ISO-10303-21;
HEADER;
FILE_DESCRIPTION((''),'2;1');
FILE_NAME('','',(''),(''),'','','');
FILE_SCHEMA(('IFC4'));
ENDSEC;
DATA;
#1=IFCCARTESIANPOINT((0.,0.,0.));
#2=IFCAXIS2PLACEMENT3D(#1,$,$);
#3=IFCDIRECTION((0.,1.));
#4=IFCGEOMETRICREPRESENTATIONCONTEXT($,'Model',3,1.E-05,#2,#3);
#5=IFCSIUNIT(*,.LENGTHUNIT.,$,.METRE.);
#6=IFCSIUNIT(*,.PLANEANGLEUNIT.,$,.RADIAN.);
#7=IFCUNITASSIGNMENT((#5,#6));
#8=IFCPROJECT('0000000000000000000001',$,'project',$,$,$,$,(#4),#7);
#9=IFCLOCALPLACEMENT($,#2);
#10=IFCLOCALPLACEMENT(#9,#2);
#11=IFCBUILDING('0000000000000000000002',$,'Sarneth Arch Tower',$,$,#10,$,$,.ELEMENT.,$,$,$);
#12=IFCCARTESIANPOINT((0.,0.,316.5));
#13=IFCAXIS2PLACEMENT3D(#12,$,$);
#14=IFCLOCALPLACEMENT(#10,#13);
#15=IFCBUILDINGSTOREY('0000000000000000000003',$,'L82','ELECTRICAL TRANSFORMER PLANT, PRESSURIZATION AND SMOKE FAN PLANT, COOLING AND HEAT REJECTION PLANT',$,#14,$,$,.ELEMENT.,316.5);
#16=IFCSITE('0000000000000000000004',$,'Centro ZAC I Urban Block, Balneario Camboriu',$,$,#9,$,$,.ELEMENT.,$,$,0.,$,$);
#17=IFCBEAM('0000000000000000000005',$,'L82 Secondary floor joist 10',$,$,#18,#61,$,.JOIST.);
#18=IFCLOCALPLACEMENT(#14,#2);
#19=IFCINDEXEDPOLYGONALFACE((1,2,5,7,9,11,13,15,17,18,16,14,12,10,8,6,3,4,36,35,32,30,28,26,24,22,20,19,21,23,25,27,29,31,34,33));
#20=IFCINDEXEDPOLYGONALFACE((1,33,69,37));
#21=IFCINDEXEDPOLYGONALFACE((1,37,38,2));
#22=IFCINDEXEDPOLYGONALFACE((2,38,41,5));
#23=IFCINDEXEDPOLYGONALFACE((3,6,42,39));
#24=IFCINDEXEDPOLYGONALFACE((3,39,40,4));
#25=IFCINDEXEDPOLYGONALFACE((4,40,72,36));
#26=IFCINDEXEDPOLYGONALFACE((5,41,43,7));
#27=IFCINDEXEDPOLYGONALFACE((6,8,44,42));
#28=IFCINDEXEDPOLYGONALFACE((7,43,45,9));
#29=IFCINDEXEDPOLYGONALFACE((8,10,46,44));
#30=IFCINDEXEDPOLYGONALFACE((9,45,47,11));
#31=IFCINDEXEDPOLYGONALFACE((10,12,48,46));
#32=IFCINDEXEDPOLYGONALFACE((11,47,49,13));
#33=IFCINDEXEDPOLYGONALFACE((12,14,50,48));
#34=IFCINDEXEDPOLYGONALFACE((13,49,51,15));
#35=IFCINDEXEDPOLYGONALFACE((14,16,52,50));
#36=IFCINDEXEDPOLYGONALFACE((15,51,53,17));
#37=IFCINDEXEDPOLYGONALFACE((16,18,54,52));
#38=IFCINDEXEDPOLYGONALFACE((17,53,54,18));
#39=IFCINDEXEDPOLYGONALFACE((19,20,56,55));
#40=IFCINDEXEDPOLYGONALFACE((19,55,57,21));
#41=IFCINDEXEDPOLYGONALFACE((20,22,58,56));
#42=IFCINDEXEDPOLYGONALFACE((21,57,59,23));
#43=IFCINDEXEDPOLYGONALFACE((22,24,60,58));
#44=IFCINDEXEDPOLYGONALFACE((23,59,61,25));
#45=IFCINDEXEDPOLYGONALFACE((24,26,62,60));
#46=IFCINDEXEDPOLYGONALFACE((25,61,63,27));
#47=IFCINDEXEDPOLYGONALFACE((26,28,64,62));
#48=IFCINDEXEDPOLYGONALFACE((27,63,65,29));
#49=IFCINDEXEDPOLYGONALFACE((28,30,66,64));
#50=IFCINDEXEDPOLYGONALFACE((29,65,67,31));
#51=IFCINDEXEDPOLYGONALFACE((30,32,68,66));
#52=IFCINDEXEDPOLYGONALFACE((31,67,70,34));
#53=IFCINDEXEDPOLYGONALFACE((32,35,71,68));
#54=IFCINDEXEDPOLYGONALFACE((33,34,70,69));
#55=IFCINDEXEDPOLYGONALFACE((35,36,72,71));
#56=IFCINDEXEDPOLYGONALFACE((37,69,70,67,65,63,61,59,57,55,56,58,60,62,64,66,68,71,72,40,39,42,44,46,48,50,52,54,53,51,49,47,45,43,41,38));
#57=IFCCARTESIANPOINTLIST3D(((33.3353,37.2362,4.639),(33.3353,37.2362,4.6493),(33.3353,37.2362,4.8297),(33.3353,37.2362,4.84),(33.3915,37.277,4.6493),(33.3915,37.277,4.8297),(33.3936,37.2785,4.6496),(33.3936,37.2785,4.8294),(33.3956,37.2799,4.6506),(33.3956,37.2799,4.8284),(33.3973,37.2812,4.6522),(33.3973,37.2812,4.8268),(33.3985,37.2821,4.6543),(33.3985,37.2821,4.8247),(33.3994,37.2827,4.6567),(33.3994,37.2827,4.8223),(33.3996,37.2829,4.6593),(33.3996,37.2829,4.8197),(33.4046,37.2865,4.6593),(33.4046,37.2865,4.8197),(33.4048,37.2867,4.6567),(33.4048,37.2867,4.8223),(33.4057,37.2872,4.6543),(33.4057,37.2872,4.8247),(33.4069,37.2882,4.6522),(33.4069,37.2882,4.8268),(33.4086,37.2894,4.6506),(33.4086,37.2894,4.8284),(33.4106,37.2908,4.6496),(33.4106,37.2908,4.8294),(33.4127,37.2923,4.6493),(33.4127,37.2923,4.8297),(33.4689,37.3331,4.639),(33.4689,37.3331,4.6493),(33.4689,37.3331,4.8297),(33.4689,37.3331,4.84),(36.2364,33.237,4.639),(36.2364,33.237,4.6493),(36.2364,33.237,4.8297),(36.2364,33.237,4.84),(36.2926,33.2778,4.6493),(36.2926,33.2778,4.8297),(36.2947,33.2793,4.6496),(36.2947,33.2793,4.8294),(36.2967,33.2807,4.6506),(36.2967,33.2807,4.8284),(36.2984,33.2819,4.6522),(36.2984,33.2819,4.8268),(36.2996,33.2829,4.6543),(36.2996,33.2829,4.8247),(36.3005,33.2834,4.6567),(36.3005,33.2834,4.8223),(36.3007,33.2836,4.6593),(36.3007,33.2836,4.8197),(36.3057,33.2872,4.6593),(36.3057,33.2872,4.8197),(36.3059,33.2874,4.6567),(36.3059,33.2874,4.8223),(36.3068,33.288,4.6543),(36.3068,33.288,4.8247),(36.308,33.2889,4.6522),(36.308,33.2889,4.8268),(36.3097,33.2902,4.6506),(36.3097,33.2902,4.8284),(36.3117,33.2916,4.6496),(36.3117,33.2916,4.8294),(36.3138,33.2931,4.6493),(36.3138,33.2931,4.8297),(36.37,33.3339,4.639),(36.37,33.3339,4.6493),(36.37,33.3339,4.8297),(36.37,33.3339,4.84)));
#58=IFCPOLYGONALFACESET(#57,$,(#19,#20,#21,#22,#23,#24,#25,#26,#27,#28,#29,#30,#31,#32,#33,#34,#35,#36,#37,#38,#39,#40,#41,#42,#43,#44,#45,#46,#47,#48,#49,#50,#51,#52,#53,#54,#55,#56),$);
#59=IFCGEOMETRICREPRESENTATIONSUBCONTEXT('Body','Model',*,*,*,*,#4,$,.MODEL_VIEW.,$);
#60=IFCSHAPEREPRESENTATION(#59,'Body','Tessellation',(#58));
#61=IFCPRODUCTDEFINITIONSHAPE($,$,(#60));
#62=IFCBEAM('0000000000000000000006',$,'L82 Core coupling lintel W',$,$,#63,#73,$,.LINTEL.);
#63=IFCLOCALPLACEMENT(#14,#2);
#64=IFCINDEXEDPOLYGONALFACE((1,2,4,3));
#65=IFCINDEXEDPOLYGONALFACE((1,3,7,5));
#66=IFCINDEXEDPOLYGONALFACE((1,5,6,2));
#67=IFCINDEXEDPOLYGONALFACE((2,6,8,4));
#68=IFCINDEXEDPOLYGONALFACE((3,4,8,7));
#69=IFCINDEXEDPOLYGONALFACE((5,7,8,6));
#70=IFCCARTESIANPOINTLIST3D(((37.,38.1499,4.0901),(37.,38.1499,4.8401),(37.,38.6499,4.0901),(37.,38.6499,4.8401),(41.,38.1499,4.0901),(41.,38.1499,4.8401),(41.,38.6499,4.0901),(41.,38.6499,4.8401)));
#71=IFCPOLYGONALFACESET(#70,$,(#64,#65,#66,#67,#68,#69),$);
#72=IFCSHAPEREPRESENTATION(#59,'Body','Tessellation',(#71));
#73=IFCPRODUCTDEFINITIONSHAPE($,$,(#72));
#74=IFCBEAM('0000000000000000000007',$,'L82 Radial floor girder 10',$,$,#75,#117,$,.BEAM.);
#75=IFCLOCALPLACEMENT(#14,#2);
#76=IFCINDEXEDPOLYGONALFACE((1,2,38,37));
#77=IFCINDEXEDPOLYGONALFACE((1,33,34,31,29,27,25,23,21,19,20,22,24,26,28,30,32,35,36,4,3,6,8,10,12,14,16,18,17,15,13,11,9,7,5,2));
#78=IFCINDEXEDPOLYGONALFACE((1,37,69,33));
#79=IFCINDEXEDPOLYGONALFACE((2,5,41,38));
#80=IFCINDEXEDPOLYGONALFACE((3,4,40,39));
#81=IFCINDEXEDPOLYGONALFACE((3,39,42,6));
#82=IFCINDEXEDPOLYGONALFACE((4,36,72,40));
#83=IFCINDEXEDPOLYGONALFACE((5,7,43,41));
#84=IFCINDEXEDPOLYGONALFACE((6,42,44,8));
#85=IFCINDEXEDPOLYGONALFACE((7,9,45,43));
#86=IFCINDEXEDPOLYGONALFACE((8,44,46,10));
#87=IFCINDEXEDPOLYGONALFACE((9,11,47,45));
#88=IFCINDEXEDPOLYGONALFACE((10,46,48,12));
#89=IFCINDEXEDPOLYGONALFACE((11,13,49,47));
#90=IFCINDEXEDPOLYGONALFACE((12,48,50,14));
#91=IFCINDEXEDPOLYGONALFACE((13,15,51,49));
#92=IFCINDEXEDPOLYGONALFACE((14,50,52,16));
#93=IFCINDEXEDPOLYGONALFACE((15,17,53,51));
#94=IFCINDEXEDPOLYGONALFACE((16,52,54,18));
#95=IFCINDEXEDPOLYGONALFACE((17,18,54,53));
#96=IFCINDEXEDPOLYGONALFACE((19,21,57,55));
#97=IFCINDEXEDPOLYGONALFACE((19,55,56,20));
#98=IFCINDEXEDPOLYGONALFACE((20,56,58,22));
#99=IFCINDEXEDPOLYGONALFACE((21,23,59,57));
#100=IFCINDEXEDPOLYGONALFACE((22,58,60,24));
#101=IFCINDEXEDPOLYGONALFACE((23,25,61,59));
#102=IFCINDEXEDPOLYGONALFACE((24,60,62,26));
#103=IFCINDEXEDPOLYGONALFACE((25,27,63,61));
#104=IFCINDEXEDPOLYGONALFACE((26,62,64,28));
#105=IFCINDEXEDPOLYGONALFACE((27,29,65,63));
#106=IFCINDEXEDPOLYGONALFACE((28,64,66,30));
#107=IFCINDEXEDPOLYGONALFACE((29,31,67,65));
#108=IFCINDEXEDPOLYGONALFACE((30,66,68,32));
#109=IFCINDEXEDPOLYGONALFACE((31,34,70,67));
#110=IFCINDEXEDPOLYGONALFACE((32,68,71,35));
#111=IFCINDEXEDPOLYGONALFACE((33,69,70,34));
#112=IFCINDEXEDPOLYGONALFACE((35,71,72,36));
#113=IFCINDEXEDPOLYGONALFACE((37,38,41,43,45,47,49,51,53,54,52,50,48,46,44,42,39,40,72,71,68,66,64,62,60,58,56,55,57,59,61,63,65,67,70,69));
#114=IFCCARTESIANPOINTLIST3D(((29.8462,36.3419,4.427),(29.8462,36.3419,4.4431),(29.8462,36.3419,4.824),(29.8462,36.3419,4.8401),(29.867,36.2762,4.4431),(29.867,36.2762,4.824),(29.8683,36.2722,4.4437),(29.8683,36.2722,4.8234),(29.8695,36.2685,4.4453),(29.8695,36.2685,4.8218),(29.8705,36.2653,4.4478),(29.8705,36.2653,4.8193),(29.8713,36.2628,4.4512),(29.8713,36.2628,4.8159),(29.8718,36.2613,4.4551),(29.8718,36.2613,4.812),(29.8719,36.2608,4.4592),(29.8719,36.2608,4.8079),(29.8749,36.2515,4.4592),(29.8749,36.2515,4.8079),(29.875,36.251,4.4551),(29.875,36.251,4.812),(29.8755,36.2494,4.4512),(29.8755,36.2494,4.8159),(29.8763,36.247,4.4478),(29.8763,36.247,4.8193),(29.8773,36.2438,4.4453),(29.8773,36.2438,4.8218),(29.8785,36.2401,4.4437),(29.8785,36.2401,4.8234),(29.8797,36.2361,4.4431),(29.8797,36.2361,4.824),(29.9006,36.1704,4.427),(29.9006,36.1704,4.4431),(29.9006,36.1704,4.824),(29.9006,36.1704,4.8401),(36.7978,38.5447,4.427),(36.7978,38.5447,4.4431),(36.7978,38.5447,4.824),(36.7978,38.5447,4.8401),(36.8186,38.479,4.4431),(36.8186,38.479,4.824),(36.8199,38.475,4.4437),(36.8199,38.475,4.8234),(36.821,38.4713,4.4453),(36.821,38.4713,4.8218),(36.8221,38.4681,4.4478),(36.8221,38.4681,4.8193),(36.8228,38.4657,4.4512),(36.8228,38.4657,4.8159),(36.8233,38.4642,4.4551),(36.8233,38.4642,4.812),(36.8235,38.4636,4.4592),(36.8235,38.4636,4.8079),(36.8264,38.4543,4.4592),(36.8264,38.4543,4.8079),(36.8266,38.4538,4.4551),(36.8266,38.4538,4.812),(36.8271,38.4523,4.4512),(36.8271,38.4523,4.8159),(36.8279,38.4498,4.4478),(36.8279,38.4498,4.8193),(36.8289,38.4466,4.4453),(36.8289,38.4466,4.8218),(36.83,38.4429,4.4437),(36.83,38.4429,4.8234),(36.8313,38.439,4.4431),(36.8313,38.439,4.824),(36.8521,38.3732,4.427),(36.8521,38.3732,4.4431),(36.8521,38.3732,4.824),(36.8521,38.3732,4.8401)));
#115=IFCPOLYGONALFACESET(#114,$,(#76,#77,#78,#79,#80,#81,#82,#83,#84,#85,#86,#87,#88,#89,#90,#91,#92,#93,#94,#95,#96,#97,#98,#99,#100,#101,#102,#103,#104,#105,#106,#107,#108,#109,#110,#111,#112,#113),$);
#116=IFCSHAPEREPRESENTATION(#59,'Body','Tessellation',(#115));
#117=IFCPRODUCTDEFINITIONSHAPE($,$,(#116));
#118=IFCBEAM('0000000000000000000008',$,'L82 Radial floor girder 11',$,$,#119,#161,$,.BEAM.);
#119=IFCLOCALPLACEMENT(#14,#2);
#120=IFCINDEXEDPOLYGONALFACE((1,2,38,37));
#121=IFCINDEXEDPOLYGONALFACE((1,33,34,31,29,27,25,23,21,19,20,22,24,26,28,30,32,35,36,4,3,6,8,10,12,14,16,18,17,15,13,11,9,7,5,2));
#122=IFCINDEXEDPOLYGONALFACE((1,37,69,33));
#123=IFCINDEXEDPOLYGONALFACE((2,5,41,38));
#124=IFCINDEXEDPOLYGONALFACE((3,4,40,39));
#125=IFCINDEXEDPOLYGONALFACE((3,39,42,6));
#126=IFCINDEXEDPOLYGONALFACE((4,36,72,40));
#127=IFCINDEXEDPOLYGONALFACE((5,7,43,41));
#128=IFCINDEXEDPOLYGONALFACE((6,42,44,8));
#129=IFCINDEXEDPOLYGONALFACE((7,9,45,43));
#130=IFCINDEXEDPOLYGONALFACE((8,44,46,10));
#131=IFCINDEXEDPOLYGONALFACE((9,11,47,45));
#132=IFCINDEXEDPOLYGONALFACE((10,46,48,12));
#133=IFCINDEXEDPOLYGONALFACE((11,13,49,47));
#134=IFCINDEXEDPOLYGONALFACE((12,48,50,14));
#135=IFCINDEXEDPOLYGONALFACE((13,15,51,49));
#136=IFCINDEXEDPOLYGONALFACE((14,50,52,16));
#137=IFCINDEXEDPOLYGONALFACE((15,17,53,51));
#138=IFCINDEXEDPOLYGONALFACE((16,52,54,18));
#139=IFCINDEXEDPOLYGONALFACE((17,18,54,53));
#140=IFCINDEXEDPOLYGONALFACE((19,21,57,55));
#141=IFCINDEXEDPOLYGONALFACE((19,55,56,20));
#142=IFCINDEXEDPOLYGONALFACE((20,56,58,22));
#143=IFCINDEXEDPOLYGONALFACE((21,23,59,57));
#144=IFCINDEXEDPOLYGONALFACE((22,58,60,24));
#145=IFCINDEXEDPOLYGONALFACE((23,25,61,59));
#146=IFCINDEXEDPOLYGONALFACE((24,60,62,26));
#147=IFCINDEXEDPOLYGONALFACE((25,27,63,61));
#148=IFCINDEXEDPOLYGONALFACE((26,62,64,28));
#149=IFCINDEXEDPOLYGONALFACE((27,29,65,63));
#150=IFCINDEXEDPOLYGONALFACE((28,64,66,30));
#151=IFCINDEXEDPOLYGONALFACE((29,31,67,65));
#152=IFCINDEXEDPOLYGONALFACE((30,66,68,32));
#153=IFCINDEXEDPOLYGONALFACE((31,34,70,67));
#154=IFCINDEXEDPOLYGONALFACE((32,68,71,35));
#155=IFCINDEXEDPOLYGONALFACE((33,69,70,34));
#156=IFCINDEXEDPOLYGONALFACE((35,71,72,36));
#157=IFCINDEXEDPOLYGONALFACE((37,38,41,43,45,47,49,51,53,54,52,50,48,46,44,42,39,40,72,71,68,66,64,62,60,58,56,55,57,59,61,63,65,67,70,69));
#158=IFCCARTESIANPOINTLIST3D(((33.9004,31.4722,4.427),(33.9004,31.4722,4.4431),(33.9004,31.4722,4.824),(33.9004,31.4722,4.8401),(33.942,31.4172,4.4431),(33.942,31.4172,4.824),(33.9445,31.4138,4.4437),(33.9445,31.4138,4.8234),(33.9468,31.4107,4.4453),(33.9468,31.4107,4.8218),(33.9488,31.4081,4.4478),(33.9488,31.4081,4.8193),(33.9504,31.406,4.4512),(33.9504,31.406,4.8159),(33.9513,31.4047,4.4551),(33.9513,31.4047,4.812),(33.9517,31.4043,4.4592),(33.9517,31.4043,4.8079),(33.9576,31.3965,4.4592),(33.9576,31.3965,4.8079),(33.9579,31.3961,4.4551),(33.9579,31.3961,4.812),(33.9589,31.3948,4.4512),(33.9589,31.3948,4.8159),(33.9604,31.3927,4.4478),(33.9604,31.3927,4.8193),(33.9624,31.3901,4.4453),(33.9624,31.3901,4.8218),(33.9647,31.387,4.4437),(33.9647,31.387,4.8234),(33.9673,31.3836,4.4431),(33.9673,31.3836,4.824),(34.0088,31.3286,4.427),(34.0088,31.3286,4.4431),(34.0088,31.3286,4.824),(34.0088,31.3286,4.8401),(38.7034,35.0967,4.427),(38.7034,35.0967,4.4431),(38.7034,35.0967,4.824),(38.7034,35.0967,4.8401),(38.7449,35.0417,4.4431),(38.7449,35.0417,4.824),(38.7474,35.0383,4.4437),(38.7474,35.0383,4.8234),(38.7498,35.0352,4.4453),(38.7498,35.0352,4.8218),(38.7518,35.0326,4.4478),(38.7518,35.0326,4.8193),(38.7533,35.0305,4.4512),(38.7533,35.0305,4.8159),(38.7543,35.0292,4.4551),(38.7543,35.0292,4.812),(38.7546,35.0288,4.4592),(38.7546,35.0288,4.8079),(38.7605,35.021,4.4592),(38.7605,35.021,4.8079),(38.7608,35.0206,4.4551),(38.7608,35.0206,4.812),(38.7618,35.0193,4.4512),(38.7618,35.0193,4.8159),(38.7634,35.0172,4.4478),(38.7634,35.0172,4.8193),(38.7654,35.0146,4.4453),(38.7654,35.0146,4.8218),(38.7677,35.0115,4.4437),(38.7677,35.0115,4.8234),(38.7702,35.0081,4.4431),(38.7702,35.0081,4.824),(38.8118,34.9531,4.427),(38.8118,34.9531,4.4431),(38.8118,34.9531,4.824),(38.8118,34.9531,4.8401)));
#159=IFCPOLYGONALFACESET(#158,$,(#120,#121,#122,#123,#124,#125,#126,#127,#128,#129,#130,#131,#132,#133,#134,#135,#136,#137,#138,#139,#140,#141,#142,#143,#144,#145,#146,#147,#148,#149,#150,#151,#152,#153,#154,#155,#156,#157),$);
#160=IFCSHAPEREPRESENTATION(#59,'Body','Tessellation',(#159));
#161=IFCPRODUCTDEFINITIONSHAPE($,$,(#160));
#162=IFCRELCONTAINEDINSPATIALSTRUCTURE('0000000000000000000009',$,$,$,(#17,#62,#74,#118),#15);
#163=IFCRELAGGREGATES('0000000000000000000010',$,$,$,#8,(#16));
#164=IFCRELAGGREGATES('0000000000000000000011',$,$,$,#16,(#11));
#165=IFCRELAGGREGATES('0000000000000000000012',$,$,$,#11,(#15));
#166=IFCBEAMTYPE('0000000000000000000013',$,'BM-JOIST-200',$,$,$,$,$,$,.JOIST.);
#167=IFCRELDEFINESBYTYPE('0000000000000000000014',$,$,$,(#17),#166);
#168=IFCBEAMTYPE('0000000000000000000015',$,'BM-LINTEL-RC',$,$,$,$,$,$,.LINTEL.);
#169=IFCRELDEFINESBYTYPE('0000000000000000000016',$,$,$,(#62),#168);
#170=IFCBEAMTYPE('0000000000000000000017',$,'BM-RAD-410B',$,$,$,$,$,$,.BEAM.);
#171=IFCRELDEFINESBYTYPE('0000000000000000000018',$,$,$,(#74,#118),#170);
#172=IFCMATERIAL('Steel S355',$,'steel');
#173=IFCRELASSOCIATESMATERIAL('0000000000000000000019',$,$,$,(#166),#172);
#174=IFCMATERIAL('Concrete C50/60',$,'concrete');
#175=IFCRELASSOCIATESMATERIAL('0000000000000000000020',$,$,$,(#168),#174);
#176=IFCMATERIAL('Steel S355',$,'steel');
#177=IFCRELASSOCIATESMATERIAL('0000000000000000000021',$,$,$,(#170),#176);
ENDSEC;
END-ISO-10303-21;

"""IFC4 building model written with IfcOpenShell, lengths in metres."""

from ifc_helpers import new_model, si_unit, direction, frame, origin, origin_2d, place, context, subcontext, project, spatial, rectangle, i_section, extrude, material, material_profile, profile_set, type_object, element, save


model = new_model("IFC4")

# Units and contexts
model_context = context("Model", 3, precision=1e-05, world=origin(), true_north=direction((0.0, 1.0)))
body_context = subcontext(model_context, "Body", "Model", "MODEL_VIEW")
ifc_project = project(units=[si_unit("LENGTHUNIT", "METRE"), si_unit("PLANEANGLEUNIT", "RADIAN")], contexts=[model_context])

# Site, building, storey
site_placement = place(None, origin())
site = spatial("IfcSite", under=ifc_project, at=site_placement, Name="Centro ZAC I Urban Block, Balneario Camboriu", CompositionType="ELEMENT", RefElevation=0.0)
building_placement = place(site_placement, origin())
building = spatial("IfcBuilding", under=site, at=building_placement, Name="Sarneth Arch Tower", CompositionType="ELEMENT")
storey_placement = place(building_placement, frame((0.0, 0.0, 316.5)))
storey = spatial("IfcBuildingStorey", under=building, at=storey_placement, Name="L82", Description="ELECTRICAL TRANSFORMER PLANT, PRESSURIZATION AND SMOKE FAN PLANT, COOLING AND HEAT REJECTION PLANT", CompositionType="ELEMENT", Elevation=316.5)

# Beams
ifc_material_1 = material(Name="Steel S355", Category="steel")
ifc_material_profile_1 = material_profile(ifc_material_1, i_section(OverallWidth=0.165, OverallDepth=0.2009, WebThickness=0.0061, FlangeThickness=0.0103, FilletRadius=0.01, at=origin_2d()), Name="W200x35.9")
ifc_profile_set_1 = profile_set([ifc_material_profile_1], Name="Steel S355")
beam_type_1 = type_object("IfcBeamType", Name="BM-JOIST-200", PredefinedType="JOIST", material=ifc_profile_set_1)
beam_1_placement = place(storey_placement, frame((33.4021, 37.2847, 4.7395), z_axis=(0.587187, -0.809451, 0.0), x_axis=(0.809451, 0.587187, 0.0)))
element("IfcBeam", 1, at=beam_1_placement, inside=storey, type_object=beam_type_1, Name="L82 Secondary floor joist 10", PredefinedType="JOIST", context=body_context, shape_type="SweptSolid", body=[
    extrude(i_section(OverallWidth=0.165, OverallDepth=0.2009, WebThickness=0.0061, FlangeThickness=0.0103, FilletRadius=0.01, at=origin_2d()), origin(), (0.0, 0.0, 1.0), 4.9407),
])
ifc_material_2 = material(Name="Concrete C50/60", Category="concrete")
ifc_material_profile_2 = material_profile(ifc_material_2, rectangle(XDim=0.5, YDim=0.75, at=origin_2d()), Name="RC-500x750")
ifc_profile_set_2 = profile_set([ifc_material_profile_2], Name="Concrete C50/60")
beam_type_2 = type_object("IfcBeamType", Name="BM-LINTEL-RC", PredefinedType="LINTEL", material=ifc_profile_set_2)
beam_2_placement = place(storey_placement, frame((37.0, 38.3999, 4.4651), z_axis=(1.0, 0.0, 0.0), x_axis=(0.0, 1.0, 0.0)))
element("IfcBeam", 2, at=beam_2_placement, inside=storey, type_object=beam_type_2, Name="L82 Core coupling lintel W", PredefinedType="LINTEL", context=body_context, shape_type="SweptSolid", body=[
    extrude(rectangle(XDim=0.5, YDim=0.75, at=origin_2d()), origin(), (0.0, 0.0, 1.0), 4.0),
])
ifc_material_3 = material(Name="Steel S355", Category="steel")
ifc_material_profile_3 = material_profile(ifc_material_3, i_section(OverallWidth=0.1799, OverallDepth=0.4131, WebThickness=0.0098, FlangeThickness=0.0161, FilletRadius=0.0161, at=origin_2d()), Name="W410x75")
ifc_profile_set_3 = profile_set([ifc_material_profile_3], Name="Steel S355")
beam_type_3 = type_object("IfcBeamType", Name="BM-RAD-410B", PredefinedType="BEAM", material=ifc_profile_set_3)
beam_3_placement = place(storey_placement, frame((36.825, 38.459, 4.6335), z_axis=(-0.953282, -0.302081, 0.0), x_axis=(0.302081, -0.953282, 0.0)))
element("IfcBeam", 3, at=beam_3_placement, inside=storey, type_object=beam_type_3, Name="L82 Radial floor girder 10", PredefinedType="BEAM", context=body_context, shape_type="SweptSolid", body=[
    extrude(i_section(OverallWidth=0.1799, OverallDepth=0.4131, WebThickness=0.0098, FlangeThickness=0.0161, FilletRadius=0.0161, at=origin_2d()), origin(), (0.0, 0.0, 1.0), 7.2922),
])
beam_4_placement = place(storey_placement, frame((38.7576, 35.0249, 4.6335), z_axis=(-0.798219, -0.602367, 0.0), x_axis=(0.602367, -0.798219, 0.0)))
element("IfcBeam", 4, at=beam_4_placement, inside=storey, type_object=beam_type_3, Name="L82 Radial floor girder 11", PredefinedType="BEAM", context=body_context, shape_type="SweptSolid", body=[
    extrude(i_section(OverallWidth=0.1799, OverallDepth=0.4131, WebThickness=0.0098, FlangeThickness=0.0161, FilletRadius=0.0161, at=origin_2d()), origin(), (0.0, 0.0, 1.0), 6.0171),
])

save(model, "model.ifc")
